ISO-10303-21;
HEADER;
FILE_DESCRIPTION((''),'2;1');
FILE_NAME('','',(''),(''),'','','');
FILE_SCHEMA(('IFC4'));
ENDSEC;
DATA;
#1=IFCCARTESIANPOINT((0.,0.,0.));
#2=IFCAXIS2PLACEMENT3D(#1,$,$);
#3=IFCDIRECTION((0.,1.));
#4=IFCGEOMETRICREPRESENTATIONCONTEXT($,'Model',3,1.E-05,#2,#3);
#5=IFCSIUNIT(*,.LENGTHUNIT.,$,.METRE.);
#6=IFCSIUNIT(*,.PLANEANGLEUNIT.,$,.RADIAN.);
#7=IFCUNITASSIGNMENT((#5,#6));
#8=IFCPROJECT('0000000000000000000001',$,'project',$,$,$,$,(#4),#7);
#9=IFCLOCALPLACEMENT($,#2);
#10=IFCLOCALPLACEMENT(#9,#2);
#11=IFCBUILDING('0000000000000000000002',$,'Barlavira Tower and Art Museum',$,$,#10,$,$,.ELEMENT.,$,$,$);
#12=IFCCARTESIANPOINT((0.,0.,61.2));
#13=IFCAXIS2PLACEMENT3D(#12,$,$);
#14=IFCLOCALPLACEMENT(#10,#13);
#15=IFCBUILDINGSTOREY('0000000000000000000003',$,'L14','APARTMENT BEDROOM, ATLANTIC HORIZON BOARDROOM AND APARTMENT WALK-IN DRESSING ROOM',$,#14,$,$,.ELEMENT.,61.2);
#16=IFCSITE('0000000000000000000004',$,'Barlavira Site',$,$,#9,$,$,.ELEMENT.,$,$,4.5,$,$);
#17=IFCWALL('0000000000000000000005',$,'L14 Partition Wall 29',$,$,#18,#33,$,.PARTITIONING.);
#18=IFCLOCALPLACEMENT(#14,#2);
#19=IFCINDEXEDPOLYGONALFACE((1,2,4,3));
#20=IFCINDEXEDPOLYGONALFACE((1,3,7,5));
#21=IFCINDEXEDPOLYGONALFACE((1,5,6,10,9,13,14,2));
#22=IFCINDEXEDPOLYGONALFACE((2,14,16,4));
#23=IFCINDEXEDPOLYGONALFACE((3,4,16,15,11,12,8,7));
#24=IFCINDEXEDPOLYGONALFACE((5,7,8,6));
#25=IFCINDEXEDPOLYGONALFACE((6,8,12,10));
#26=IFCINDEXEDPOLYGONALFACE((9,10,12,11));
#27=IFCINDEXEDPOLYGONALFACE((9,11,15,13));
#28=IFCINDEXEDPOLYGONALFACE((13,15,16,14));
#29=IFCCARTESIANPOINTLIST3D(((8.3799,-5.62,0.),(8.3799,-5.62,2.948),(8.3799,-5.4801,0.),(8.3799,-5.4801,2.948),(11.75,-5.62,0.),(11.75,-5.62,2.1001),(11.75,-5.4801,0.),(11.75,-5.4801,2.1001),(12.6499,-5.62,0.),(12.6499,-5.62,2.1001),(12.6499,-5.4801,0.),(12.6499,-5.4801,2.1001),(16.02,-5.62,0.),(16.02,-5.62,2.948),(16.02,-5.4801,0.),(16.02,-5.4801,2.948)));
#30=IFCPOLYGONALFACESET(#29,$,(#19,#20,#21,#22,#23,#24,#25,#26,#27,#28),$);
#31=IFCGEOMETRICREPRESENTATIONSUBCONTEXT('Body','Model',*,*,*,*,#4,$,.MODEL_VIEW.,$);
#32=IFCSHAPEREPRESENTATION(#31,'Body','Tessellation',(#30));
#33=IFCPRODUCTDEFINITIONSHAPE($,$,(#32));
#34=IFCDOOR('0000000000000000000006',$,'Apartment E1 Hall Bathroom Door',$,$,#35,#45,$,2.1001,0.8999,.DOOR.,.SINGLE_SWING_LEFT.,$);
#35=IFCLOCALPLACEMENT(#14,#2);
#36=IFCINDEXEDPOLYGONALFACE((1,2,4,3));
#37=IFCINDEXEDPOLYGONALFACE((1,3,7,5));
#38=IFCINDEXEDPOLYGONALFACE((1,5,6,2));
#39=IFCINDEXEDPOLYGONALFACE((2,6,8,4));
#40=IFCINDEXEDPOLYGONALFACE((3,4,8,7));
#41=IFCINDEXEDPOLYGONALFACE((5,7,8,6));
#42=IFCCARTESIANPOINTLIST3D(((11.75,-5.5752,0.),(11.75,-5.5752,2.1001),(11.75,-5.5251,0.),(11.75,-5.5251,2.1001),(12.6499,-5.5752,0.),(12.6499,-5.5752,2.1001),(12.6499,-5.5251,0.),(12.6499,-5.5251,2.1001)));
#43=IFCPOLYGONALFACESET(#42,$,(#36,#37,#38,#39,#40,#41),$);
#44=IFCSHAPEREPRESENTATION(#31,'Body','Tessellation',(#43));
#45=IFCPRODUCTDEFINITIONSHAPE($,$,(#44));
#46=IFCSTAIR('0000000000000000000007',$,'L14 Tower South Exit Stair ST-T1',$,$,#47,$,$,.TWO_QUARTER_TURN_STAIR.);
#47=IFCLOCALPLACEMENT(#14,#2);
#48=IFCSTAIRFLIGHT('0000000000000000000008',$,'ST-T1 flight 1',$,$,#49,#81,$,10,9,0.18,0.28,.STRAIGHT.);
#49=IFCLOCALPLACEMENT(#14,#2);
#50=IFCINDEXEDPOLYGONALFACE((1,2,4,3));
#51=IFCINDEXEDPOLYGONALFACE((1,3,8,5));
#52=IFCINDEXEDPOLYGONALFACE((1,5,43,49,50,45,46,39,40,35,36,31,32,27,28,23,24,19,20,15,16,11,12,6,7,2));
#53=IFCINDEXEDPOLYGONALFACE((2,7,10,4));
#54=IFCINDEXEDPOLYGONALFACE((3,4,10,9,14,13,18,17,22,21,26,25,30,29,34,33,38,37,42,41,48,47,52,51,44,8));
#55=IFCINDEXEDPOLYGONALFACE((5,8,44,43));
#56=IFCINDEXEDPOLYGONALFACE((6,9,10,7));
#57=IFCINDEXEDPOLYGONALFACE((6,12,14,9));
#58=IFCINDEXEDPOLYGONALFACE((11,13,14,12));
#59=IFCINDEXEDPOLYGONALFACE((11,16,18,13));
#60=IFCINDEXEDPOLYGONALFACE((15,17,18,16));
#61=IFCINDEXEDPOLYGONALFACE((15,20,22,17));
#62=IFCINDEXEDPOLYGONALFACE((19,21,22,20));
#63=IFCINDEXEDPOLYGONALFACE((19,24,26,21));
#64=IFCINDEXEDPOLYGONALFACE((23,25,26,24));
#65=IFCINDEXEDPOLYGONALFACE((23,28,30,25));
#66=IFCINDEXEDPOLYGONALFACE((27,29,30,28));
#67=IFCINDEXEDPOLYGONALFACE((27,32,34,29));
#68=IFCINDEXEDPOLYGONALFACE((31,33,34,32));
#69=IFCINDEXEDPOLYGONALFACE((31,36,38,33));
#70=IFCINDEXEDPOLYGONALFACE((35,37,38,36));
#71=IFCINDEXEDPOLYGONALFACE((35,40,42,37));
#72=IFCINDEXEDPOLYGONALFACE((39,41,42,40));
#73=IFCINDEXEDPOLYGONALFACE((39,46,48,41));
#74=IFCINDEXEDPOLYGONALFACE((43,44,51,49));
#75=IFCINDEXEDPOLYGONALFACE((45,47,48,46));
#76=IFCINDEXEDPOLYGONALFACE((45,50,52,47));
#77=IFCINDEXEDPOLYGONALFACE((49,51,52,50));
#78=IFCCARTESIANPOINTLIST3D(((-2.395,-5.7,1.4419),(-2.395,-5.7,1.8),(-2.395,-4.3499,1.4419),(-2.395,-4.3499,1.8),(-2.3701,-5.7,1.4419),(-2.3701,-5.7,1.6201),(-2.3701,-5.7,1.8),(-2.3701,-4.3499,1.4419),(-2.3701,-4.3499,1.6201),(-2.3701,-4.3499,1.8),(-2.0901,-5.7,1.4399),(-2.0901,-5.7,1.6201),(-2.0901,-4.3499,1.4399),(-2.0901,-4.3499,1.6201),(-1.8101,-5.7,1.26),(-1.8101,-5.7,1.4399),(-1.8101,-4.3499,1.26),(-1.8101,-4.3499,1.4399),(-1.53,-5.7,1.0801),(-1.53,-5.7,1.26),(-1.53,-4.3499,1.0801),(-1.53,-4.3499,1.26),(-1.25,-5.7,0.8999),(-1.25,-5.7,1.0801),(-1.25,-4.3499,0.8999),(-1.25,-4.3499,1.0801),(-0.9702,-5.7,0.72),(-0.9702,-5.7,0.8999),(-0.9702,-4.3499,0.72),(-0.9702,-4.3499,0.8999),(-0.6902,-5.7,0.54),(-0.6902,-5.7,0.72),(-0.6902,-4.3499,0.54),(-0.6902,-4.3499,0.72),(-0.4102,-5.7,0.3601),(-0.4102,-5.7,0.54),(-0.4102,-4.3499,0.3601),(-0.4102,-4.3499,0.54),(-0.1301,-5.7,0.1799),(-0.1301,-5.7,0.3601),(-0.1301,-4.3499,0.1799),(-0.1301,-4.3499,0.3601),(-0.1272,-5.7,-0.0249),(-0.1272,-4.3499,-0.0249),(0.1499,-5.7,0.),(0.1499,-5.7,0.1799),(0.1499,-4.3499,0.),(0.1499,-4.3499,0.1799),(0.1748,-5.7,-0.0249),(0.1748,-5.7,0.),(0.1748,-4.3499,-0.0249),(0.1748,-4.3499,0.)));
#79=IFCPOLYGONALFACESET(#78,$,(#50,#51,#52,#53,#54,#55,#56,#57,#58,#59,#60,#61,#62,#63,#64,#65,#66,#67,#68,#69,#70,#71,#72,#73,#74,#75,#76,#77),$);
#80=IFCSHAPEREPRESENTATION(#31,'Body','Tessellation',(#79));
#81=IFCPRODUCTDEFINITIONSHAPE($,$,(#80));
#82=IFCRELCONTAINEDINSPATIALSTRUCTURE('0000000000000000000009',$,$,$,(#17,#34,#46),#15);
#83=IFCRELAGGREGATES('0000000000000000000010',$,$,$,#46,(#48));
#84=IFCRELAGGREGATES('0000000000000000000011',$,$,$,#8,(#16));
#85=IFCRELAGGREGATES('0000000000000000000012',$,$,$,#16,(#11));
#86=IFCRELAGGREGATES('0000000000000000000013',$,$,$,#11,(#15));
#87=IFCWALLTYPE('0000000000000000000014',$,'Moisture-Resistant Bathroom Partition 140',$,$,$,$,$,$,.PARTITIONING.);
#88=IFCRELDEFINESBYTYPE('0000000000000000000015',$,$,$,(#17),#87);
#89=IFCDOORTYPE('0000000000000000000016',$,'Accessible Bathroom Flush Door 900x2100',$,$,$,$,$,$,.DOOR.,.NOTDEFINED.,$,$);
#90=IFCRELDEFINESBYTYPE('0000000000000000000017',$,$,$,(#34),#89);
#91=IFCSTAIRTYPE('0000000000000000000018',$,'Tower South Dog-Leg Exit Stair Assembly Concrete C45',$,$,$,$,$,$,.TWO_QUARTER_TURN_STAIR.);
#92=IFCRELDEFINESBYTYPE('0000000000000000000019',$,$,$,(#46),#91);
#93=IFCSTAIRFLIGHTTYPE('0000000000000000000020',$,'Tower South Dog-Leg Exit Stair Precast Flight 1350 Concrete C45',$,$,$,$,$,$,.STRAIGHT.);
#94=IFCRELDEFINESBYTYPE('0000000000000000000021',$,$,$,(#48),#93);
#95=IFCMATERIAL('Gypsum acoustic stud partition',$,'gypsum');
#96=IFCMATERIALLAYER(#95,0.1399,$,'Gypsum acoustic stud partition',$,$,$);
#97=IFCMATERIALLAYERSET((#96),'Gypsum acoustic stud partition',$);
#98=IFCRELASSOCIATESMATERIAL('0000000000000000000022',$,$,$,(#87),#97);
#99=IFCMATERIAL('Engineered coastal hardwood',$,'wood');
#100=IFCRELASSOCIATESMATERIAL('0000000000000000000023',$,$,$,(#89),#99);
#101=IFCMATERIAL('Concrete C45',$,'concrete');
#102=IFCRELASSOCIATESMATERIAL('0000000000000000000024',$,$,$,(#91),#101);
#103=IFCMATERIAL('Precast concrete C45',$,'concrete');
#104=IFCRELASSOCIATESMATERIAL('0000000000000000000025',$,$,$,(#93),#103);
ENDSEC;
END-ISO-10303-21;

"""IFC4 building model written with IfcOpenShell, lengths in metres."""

from ifc_helpers import new_model, si_unit, direction, frame, frame_2d, origin, place, context, subcontext, project, spatial, polyline, rectangle, outline, extrude, material, layer, layer_set, type_object, element, fill, aggregate, save


model = new_model("IFC4")

# Units and contexts
model_context = context("Model", 3, precision=1e-05, world=origin(), true_north=direction((0.0, 1.0)))
body_context = subcontext(model_context, "Body", "Model", "MODEL_VIEW")
ifc_project = project(units=[si_unit("LENGTHUNIT", "METRE"), si_unit("PLANEANGLEUNIT", "RADIAN")], contexts=[model_context])

# Site, building, storey
site_placement = place(None, origin())
site = spatial("IfcSite", under=ifc_project, at=site_placement, Name="Barlavira Site", CompositionType="ELEMENT", RefElevation=4.5)
building_placement = place(site_placement, origin())
building = spatial("IfcBuilding", under=site, at=building_placement, Name="Barlavira Tower and Art Museum", CompositionType="ELEMENT")
storey_placement = place(building_placement, frame((0.0, 0.0, 61.2)))
storey = spatial("IfcBuildingStorey", under=building, at=storey_placement, Name="L14", Description="APARTMENT BEDROOM, ATLANTIC HORIZON BOARDROOM AND APARTMENT WALK-IN DRESSING ROOM", CompositionType="ELEMENT", Elevation=61.2)

# Shared definitions
ifc_material_1 = material(Name="Gypsum acoustic stud partition", Category="gypsum")
ifc_material_2 = material(Name="Engineered coastal hardwood", Category="wood")

# Wall, opening, door
ifc_layer_1 = layer(ifc_material_1, 0.1399, Name="Gypsum acoustic stud partition")
ifc_layer_set_1 = layer_set([ifc_layer_1], Name="Gypsum acoustic stud partition")
wall_type_1 = type_object("IfcWallType", Name="Moisture-Resistant Bathroom Partition 140", PredefinedType="PARTITIONING", material=ifc_layer_set_1)
wall_1_placement = place(storey_placement, frame((8.3799, -5.55, 0.0), z_axis=(0.0, 0.0, 1.0), x_axis=(1.0, 0.0, 0.0)))
wall_1 = element("IfcWall", 1, at=wall_1_placement, inside=storey, type_object=wall_type_1, Name="L14 Partition Wall 29", PredefinedType="PARTITIONING", context=body_context, shape_type="SweptSolid", body=[
    extrude(rectangle(XDim=7.6401, YDim=0.1399, at=frame_2d((3.8201, 0.0))), origin(), (0.0, 0.0, 1.0), 2.948),
])
opening_1_placement = place(wall_1_placement, frame((3.3701, 0.0, 0.0)))
opening_1 = element("IfcOpeningElement", 2, at=opening_1_placement, cuts=wall_1, PredefinedType="OPENING", context=body_context, shape_type="SweptSolid", body=[
    extrude(rectangle(XDim=0.8999, YDim=2.1001, at=frame_2d((0.45, 1.05))), frame((0.0, 0.0801, 0.0), z_axis=(0.0, -1.0, 0.0), x_axis=(1.0, 0.0, 0.0)), (0.0, 0.0, 1.0), 0.1599),
])
door_type_1 = type_object("IfcDoorType", Name="Accessible Bathroom Flush Door 900x2100", OperationType="NOTDEFINED", PredefinedType="DOOR", material=ifc_material_2)
door_1_placement = place(opening_1_placement, origin())
door_1 = element("IfcDoor", 3, at=door_1_placement, inside=storey, type_object=door_type_1, Name="Apartment E1 Hall Bathroom Door", OperationType="SINGLE_SWING_LEFT", OverallHeight=2.1001, OverallWidth=0.8999, PredefinedType="DOOR", context=body_context, shape_type="SweptSolid", body=[
    extrude(rectangle(XDim=0.8999, YDim=2.1001, at=frame_2d((0.45, 1.05))), frame((0.0, 0.0249, 0.0), z_axis=(0.0, -1.0, 0.0), x_axis=(1.0, 0.0, 0.0)), (0.0, 0.0, 1.0), 0.05),
])
fill(opening_1, door_1)

# Stair, stair flight
ifc_material_3 = material(Name="Concrete C45", Category="concrete")
stair_type = type_object("IfcStairType", Name="Tower South Dog-Leg Exit Stair Assembly Concrete C45", PredefinedType="TWO_QUARTER_TURN_STAIR", material=ifc_material_3)
stair_placement = place(storey_placement, origin())
stair = element("IfcStair", 4, at=stair_placement, inside=storey, type_object=stair_type, Name="L14 Tower South Exit Stair ST-T1", PredefinedType="TWO_QUARTER_TURN_STAIR")
ifc_material_4 = material(Name="Precast concrete C45", Category="concrete")
stair_flight_type = type_object("IfcStairFlightType", Name="Tower South Dog-Leg Exit Stair Precast Flight 1350 Concrete C45", PredefinedType="STRAIGHT", material=ifc_material_4)
stair_flight_placement = place(storey_placement, frame((0.1499, -5.0249, 0.0), z_axis=(0.0, 0.0, 1.0), x_axis=(-1.0, 0.0, 0.0)))
stair_flight = element("IfcStairFlight", 5, at=stair_flight_placement, type_object=stair_flight_type, Name="ST-T1 flight 1", NumberOfRisers=10, NumberOfTreads=9, PredefinedType="STRAIGHT", RiserHeight=0.18, TreadLength=0.28, context=body_context, shape_type="SweptSolid", body=[
    extrude(outline(polyline([(-0.0249, 0.0), (0.0, 0.0), (0.0, 0.1799), (0.28, 0.1799), (0.28, 0.3601), (0.5601, 0.3601), (0.5601, 0.54), (0.8401, 0.54), (0.8401, 0.72), (1.1201, 0.72), (1.1201, 0.8999), (1.3999, 0.8999), (1.3999, 1.0801), (1.6799, 1.0801), (1.6799, 1.26), (1.96, 1.26), (1.96, 1.4399), (2.24, 1.4399), (2.24, 1.6201), (2.52, 1.6201), (2.52, 1.8), (2.5449, 1.8), (2.5449, 1.4419), (2.52, 1.4419), (0.2771, -0.0249), (-0.0249, -0.0249), (-0.0249, 0.0)])), frame((0.0, 0.675, 0.0), z_axis=(0.0, -1.0, 0.0), x_axis=(1.0, 0.0, 0.0)), (0.0, 0.0, 1.0), 1.3501),
])
aggregate(stair, [stair_flight])

save(model, "model.ifc")
